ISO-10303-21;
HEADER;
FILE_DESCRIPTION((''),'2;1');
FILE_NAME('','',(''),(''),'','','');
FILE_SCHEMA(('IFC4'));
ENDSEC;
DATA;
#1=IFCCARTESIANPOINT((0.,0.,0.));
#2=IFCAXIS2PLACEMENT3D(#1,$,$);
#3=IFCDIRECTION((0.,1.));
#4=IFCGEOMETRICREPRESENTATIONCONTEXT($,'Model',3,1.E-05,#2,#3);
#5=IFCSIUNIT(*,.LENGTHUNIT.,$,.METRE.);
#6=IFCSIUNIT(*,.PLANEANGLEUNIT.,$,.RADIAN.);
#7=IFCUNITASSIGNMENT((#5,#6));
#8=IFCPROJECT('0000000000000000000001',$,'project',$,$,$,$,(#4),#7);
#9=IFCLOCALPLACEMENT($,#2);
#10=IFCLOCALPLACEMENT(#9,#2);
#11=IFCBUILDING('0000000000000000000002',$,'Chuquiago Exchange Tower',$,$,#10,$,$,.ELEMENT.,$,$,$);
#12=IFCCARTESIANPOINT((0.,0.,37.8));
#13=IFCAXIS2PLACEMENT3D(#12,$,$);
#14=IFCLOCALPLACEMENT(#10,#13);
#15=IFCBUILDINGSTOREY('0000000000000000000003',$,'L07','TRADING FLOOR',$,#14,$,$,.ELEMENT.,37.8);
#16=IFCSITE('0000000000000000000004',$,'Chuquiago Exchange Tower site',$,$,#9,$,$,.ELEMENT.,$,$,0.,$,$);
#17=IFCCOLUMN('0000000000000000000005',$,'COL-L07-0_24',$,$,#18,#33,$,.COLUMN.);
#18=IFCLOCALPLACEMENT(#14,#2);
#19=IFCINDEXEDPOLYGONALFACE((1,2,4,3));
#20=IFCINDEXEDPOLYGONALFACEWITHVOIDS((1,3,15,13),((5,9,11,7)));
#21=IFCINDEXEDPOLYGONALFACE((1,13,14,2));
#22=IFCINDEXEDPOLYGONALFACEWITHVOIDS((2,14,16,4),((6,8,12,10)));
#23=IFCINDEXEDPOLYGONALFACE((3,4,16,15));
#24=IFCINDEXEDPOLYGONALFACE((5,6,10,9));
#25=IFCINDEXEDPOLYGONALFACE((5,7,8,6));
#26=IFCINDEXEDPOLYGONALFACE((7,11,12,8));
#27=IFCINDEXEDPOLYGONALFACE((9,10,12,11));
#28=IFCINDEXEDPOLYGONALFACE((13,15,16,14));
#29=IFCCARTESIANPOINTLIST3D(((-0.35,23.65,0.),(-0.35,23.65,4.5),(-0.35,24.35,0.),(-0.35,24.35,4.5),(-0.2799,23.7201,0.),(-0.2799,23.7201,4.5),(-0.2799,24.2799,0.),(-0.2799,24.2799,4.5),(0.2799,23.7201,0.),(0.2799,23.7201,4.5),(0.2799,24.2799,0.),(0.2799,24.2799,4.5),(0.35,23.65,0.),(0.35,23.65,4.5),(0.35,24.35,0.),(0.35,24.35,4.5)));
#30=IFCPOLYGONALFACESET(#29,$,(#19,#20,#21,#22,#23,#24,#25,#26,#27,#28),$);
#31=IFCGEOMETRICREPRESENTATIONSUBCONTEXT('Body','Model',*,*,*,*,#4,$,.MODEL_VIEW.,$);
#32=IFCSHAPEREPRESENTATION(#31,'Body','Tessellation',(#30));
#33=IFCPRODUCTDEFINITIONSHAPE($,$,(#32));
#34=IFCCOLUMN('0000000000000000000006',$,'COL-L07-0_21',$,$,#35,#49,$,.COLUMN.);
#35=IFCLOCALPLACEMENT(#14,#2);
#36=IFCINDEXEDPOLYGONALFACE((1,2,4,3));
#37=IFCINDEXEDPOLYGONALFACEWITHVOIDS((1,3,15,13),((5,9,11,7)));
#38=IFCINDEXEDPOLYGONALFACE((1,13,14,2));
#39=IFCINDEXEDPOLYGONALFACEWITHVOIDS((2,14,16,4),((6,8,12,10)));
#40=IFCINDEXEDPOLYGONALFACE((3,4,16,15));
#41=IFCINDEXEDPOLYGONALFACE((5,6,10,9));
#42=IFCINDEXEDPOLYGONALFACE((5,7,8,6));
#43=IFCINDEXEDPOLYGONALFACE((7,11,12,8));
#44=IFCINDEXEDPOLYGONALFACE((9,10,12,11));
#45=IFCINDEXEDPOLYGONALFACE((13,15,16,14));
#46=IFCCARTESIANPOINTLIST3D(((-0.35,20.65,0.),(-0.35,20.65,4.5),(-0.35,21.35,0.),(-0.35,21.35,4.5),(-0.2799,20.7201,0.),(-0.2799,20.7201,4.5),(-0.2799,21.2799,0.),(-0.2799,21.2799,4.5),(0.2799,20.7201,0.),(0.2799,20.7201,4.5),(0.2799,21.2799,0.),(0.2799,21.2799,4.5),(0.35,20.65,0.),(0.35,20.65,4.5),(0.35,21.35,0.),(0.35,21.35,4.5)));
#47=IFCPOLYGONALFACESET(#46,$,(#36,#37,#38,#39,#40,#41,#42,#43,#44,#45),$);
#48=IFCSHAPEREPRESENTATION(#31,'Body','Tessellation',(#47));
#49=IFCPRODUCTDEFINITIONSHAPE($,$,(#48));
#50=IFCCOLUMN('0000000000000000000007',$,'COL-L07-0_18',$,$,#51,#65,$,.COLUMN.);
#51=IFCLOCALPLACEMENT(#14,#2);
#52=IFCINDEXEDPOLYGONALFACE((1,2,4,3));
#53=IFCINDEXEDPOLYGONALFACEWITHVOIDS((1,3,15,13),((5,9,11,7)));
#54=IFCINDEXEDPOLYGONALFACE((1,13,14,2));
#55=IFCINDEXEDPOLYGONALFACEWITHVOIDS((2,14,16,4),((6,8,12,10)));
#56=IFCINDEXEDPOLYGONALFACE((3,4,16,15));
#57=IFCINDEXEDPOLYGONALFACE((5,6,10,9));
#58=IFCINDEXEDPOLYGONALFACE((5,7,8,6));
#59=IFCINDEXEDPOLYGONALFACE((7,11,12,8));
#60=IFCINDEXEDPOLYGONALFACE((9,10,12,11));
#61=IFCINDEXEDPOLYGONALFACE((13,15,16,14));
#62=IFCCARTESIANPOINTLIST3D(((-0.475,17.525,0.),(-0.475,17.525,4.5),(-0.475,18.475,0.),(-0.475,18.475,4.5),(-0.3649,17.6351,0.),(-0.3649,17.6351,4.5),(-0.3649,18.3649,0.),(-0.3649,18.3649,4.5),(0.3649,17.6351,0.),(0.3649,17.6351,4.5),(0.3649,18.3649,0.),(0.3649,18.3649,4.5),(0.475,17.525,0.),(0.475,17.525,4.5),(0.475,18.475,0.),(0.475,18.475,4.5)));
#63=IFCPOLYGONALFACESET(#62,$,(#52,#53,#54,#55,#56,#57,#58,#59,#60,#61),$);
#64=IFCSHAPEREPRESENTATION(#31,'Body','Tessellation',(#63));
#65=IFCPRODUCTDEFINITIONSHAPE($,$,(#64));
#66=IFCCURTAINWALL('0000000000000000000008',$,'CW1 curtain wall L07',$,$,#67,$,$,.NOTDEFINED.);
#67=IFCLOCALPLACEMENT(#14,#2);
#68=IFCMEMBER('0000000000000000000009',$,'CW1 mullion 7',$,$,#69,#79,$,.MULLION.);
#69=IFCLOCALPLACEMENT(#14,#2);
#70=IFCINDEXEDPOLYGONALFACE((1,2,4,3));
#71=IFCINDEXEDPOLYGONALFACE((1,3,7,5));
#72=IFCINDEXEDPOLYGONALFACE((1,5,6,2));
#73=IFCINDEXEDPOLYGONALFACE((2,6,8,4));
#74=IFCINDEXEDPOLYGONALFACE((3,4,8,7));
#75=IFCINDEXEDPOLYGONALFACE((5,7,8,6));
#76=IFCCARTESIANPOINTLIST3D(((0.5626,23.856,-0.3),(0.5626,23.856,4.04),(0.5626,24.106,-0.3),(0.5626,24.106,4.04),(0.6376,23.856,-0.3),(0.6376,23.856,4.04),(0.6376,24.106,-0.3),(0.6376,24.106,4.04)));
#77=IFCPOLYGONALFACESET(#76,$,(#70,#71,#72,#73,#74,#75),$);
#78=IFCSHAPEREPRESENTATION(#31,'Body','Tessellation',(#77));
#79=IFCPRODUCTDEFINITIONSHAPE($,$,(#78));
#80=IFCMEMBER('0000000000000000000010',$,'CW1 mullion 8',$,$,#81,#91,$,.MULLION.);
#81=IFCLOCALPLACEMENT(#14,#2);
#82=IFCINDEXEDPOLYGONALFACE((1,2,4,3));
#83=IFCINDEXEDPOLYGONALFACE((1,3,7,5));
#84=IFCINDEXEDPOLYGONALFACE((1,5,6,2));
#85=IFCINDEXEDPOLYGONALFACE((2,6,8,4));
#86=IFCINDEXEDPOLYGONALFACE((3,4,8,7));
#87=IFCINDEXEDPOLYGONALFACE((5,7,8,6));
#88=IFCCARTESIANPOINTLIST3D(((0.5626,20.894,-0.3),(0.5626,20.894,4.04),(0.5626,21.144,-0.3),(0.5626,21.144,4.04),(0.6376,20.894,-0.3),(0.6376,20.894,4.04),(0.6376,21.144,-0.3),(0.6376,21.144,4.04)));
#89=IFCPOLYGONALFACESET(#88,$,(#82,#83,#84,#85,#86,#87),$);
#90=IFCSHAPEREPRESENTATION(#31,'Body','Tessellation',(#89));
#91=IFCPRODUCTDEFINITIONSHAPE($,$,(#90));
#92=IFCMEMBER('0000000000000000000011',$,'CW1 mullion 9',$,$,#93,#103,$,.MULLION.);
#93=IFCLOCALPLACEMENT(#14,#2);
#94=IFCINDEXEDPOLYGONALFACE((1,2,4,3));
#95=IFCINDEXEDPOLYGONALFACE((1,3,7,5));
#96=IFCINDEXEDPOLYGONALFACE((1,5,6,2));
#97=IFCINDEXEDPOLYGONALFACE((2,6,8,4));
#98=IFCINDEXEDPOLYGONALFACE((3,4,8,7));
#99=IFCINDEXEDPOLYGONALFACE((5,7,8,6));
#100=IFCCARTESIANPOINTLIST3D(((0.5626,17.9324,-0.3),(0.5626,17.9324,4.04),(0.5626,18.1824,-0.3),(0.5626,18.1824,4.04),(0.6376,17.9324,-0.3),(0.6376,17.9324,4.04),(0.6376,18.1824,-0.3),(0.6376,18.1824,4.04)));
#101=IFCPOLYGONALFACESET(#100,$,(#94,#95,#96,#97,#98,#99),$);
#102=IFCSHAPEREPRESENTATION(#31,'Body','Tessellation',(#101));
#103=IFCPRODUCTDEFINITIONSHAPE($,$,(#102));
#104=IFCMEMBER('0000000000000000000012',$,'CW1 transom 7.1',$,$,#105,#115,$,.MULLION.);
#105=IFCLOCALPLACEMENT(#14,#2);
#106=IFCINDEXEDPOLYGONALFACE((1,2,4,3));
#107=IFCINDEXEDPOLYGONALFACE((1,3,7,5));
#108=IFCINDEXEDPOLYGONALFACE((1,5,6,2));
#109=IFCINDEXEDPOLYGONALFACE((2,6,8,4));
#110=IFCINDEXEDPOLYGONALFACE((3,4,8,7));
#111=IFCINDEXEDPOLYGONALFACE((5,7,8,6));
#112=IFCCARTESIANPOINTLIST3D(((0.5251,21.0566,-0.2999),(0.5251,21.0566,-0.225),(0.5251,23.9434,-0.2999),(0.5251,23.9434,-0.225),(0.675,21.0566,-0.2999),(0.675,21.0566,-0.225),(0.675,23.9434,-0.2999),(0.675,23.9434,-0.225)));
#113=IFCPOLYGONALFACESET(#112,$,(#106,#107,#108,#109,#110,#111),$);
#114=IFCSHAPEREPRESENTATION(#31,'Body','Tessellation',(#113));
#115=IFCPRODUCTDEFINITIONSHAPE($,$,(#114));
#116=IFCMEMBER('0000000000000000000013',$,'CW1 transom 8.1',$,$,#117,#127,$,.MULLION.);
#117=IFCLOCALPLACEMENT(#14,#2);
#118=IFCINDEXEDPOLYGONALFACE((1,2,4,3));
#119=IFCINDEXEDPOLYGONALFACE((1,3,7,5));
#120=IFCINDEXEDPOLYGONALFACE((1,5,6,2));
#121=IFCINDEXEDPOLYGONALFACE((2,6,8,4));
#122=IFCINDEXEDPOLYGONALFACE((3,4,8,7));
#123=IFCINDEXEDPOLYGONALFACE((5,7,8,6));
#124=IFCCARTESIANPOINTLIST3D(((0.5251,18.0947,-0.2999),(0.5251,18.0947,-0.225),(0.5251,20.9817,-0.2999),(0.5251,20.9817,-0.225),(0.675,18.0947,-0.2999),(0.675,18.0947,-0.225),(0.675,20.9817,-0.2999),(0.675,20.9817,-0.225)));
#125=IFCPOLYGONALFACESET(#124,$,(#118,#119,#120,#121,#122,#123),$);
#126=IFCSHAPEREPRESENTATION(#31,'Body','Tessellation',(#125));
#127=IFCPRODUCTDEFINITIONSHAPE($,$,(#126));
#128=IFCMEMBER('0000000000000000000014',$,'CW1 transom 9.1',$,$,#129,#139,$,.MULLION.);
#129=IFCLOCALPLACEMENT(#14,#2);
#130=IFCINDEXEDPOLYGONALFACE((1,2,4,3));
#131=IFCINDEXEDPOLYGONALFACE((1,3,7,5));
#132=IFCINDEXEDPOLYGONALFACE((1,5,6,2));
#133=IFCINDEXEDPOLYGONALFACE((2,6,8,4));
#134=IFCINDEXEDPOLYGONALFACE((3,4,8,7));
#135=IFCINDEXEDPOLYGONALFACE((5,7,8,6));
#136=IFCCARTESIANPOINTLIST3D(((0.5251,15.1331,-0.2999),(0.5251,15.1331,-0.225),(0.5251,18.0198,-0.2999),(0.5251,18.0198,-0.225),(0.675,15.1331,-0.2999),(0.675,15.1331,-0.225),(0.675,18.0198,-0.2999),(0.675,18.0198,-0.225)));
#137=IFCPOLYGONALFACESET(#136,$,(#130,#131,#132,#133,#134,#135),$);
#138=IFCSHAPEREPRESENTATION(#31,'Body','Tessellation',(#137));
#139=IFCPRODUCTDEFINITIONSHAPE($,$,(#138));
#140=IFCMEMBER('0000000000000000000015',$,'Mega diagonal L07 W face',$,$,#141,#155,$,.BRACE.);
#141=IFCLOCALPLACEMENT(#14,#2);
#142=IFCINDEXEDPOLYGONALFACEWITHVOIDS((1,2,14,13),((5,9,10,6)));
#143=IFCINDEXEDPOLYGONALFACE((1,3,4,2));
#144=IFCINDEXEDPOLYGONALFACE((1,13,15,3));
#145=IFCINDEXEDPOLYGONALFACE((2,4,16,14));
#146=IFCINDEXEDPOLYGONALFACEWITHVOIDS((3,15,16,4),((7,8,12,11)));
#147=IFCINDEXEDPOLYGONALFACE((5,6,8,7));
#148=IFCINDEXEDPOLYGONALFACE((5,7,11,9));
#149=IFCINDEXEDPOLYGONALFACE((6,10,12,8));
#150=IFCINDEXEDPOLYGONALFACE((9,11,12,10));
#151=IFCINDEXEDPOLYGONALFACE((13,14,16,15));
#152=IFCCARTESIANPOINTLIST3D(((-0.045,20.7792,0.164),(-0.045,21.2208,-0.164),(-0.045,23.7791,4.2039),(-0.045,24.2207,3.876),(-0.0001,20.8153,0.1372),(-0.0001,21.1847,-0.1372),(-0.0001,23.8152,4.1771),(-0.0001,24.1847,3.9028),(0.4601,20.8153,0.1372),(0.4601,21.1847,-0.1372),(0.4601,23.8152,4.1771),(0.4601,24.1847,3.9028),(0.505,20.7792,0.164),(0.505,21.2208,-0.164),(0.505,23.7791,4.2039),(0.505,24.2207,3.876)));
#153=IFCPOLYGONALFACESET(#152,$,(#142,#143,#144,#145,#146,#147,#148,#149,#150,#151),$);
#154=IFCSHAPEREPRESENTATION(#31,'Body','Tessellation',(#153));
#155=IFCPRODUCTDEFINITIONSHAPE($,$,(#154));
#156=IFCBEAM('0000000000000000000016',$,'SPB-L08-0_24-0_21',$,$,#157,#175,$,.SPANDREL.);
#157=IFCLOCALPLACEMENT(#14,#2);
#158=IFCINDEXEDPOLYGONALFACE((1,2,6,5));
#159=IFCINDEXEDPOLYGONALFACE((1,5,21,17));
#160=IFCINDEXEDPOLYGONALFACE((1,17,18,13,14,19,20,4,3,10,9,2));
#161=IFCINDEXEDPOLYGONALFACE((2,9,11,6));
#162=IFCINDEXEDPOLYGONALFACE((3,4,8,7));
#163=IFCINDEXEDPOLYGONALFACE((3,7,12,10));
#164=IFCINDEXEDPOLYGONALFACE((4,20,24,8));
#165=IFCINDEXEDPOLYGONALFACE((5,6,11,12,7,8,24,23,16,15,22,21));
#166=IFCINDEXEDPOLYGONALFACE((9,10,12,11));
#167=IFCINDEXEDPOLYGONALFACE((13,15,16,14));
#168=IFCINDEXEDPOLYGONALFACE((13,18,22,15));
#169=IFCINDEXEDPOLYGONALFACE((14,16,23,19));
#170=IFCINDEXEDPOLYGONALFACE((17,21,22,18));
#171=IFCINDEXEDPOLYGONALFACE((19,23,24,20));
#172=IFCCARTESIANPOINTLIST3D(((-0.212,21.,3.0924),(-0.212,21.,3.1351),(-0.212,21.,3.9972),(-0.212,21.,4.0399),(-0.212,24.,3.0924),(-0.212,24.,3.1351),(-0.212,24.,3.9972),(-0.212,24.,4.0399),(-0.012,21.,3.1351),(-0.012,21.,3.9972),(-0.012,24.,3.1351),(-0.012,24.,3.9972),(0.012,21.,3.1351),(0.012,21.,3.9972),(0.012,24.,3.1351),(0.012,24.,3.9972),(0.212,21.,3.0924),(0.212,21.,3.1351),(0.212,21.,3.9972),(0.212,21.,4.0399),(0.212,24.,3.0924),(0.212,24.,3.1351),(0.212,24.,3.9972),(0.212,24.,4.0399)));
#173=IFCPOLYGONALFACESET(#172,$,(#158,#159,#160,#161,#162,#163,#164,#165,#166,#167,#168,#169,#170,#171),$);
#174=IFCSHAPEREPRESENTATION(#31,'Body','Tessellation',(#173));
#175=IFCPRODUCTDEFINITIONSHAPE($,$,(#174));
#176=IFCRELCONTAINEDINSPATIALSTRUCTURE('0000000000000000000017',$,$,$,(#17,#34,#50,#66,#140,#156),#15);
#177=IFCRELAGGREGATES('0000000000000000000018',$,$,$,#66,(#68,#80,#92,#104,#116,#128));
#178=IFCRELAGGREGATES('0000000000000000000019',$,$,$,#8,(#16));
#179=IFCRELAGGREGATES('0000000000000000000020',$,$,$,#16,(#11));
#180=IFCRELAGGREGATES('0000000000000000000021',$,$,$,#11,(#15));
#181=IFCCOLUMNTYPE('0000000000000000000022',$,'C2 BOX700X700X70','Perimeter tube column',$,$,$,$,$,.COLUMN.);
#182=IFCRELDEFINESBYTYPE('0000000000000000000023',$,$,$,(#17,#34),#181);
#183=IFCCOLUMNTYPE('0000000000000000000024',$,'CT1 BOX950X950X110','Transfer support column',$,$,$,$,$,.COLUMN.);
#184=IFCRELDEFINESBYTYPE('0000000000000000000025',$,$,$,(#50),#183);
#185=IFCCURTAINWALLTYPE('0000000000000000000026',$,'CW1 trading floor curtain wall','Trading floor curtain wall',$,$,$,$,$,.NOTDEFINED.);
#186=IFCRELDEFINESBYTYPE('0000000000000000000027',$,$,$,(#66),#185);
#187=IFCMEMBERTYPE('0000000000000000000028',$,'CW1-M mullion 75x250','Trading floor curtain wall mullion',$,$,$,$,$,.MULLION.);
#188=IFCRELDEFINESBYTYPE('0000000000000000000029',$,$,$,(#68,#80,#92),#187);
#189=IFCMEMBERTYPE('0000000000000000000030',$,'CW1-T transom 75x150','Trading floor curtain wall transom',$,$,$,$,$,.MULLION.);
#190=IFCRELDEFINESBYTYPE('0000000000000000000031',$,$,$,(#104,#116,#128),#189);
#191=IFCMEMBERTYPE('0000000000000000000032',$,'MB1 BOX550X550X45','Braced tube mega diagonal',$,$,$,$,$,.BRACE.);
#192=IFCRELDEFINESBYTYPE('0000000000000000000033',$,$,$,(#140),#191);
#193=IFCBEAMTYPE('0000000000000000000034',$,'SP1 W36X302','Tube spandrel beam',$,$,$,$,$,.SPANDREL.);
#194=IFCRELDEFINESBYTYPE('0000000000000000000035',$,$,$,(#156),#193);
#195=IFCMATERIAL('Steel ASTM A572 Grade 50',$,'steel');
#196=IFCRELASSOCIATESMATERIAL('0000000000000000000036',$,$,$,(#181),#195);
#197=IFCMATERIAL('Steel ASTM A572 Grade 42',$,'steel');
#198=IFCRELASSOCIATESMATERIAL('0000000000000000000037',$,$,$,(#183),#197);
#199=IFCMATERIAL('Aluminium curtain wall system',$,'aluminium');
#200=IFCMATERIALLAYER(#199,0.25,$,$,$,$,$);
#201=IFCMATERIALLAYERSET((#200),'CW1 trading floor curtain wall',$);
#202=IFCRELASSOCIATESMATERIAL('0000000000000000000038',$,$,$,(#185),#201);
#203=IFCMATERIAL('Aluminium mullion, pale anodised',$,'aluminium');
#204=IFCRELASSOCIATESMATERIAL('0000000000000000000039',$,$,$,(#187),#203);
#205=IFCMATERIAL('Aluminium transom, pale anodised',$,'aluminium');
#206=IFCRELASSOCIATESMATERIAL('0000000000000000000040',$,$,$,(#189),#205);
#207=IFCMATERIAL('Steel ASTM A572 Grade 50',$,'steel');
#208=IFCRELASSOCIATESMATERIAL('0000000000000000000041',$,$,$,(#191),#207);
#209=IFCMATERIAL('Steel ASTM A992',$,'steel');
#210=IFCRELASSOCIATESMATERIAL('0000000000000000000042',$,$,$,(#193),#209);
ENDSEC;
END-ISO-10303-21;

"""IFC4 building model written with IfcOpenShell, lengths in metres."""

from ifc_helpers import new_model, si_unit, direction, frame, origin, origin_2d, place, context, subcontext, project, spatial, rectangle, hollow_rectangle, i_section, extrude, material, layer, layer_set, material_profile, profile_set, type_object, element, aggregate, save


model = new_model("IFC4")

# Units and contexts
model_context = context("Model", 3, precision=1e-05, world=origin(), true_north=direction((0.0, 1.0)))
body_context = subcontext(model_context, "Body", "Model", "MODEL_VIEW")
ifc_project = project(units=[si_unit("LENGTHUNIT", "METRE"), si_unit("PLANEANGLEUNIT", "RADIAN")], contexts=[model_context])

# Site, building, storey
site_placement = place(None, origin())
site = spatial("IfcSite", under=ifc_project, at=site_placement, Name="Chuquiago Exchange Tower site", CompositionType="ELEMENT", RefElevation=0.0)
building_placement = place(site_placement, origin())
building = spatial("IfcBuilding", under=site, at=building_placement, Name="Chuquiago Exchange Tower", CompositionType="ELEMENT")
storey_placement = place(building_placement, frame((0.0, 0.0, 37.8)))
storey = spatial("IfcBuildingStorey", under=building, at=storey_placement, Name="L07", Description="TRADING FLOOR", CompositionType="ELEMENT", Elevation=37.8)

# Columns
ifc_material_1 = material(Name="Steel ASTM A572 Grade 50", Category="steel")
ifc_material_profile_1 = material_profile(ifc_material_1, hollow_rectangle(XDim=0.7, YDim=0.7, WallThickness=0.0701, at=origin_2d()), Name="BOX700X700X70")
ifc_profile_set_1 = profile_set([ifc_material_profile_1], Name="Steel ASTM A572 Grade 50")
column_type_1 = type_object("IfcColumnType", Name="C2 BOX700X700X70", Description="Perimeter tube column", PredefinedType="COLUMN", material=ifc_profile_set_1)
for number, where, z_axis, x_axis, name in (
    (1, (0.0, 24.0, 0.0), (0.0, 0.0, 1.0), (-1.0, 0.0, 0.0), "COL-L07-0_24"),
    (2, (0.0, 21.0, 0.0), (0.0, 0.0, 1.0), (-1.0, 0.0, 0.0), "COL-L07-0_21"),
):
    element("IfcColumn", number, at=place(storey_placement, frame(where, z_axis=z_axis, x_axis=x_axis)), inside=storey, type_object=column_type_1, Name=name, PredefinedType="COLUMN", context=body_context, shape_type="SweptSolid", body=[
        extrude(hollow_rectangle(XDim=0.7, YDim=0.7, WallThickness=0.0701, at=origin_2d()), origin(), (0.0, 0.0, 1.0), 4.5),
    ])
ifc_material_2 = material(Name="Steel ASTM A572 Grade 42", Category="steel")
ifc_material_profile_2 = material_profile(ifc_material_2, hollow_rectangle(XDim=0.95, YDim=0.95, WallThickness=0.1101, at=origin_2d()), Name="BOX950X950X110")
ifc_profile_set_2 = profile_set([ifc_material_profile_2], Name="Steel ASTM A572 Grade 42")
column_type_2 = type_object("IfcColumnType", Name="CT1 BOX950X950X110", Description="Transfer support column", PredefinedType="COLUMN", material=ifc_profile_set_2)
column_placement = place(storey_placement, frame((0.0, 18.0, 0.0), z_axis=(0.0, 0.0, 1.0), x_axis=(-1.0, 0.0, 0.0)))
element("IfcColumn", 3, at=column_placement, inside=storey, type_object=column_type_2, Name="COL-L07-0_18", PredefinedType="COLUMN", context=body_context, shape_type="SweptSolid", body=[
    extrude(hollow_rectangle(XDim=0.95, YDim=0.95, WallThickness=0.1101, at=origin_2d()), origin(), (0.0, 0.0, 1.0), 4.5),
])

# Curtain wall, members
ifc_material_3 = material(Name="Aluminium curtain wall system", Category="aluminium")
ifc_layer_1 = layer(ifc_material_3, 0.25)
ifc_layer_set_1 = layer_set([ifc_layer_1], Name="CW1 trading floor curtain wall")
curtain_wall_type = type_object("IfcCurtainWallType", Name="CW1 trading floor curtain wall", Description="Trading floor curtain wall", PredefinedType="NOTDEFINED", material=ifc_layer_set_1)
curtain_wall_placement = place(storey_placement, origin())
curtain_wall = element("IfcCurtainWall", 4, at=curtain_wall_placement, inside=storey, type_object=curtain_wall_type, Name="CW1 curtain wall L07", PredefinedType="NOTDEFINED")
ifc_material_4 = material(Name="Aluminium mullion, pale anodised", Category="aluminium")
ifc_material_profile_3 = material_profile(ifc_material_4, rectangle(XDim=0.075, YDim=0.25, at=origin_2d()), Name="AL 75x250")
ifc_profile_set_3 = profile_set([ifc_material_profile_3], Name="Aluminium mullion, pale anodised")
member_type_1 = type_object("IfcMemberType", Name="CW1-M mullion 75x250", Description="Trading floor curtain wall mullion", PredefinedType="MULLION", material=ifc_profile_set_3)
member_1_placement = place(storey_placement, frame((0.6001, 23.981, -0.3), z_axis=(0.0, 0.0, 1.0), x_axis=(1.0, 0.0, 0.0)))
member_1 = element("IfcMember", 5, at=member_1_placement, type_object=member_type_1, Name="CW1 mullion 7", PredefinedType="MULLION", context=body_context, shape_type="SweptSolid", body=[
    extrude(rectangle(XDim=0.075, YDim=0.25, at=origin_2d()), origin(), (0.0, 0.0, 1.0), 4.3401),
])
member_2_placement = place(storey_placement, frame((0.6001, 21.019, -0.3), z_axis=(0.0, 0.0, 1.0), x_axis=(1.0, 0.0, 0.0)))
member_2 = element("IfcMember", 6, at=member_2_placement, type_object=member_type_1, Name="CW1 mullion 8", PredefinedType="MULLION", context=body_context, shape_type="SweptSolid", body=[
    extrude(rectangle(XDim=0.075, YDim=0.25, at=origin_2d()), origin(), (0.0, 0.0, 1.0), 4.3401),
])
member_3_placement = place(storey_placement, frame((0.6001, 18.0574, -0.3), z_axis=(0.0, 0.0, 1.0), x_axis=(1.0, 0.0, 0.0)))
member_3 = element("IfcMember", 7, at=member_3_placement, type_object=member_type_1, Name="CW1 mullion 9", PredefinedType="MULLION", context=body_context, shape_type="SweptSolid", body=[
    extrude(rectangle(XDim=0.075, YDim=0.25, at=origin_2d()), origin(), (0.0, 0.0, 1.0), 4.3401),
])
ifc_material_5 = material(Name="Aluminium transom, pale anodised", Category="aluminium")
ifc_material_profile_4 = material_profile(ifc_material_5, rectangle(XDim=0.1499, YDim=0.075, at=origin_2d()), Name="AL 150x75")
ifc_profile_set_4 = profile_set([ifc_material_profile_4], Name="Aluminium transom, pale anodised")
member_type_2 = type_object("IfcMemberType", Name="CW1-T transom 75x150", Description="Trading floor curtain wall transom", PredefinedType="MULLION", material=ifc_profile_set_4)
member_4_placement = place(storey_placement, frame((0.6001, 23.9434, -0.2625), z_axis=(0.0, -1.0, 0.0), x_axis=(1.0, 0.0, 0.0)))
member_4 = element("IfcMember", 8, at=member_4_placement, type_object=member_type_2, Name="CW1 transom 7.1", PredefinedType="MULLION", context=body_context, shape_type="SweptSolid", body=[
    extrude(rectangle(XDim=0.1499, YDim=0.075, at=origin_2d()), origin(), (0.0, 0.0, 1.0), 2.8867),
])
member_5_placement = place(storey_placement, frame((0.6001, 20.9817, -0.2625), z_axis=(0.0, -1.0, 0.0), x_axis=(1.0, 0.0, 0.0)))
member_5 = element("IfcMember", 9, at=member_5_placement, type_object=member_type_2, Name="CW1 transom 8.1", PredefinedType="MULLION", context=body_context, shape_type="SweptSolid", body=[
    extrude(rectangle(XDim=0.1499, YDim=0.075, at=origin_2d()), origin(), (0.0, 0.0, 1.0), 2.887),
])
member_6_placement = place(storey_placement, frame((0.6001, 18.0198, -0.2625), z_axis=(0.0, -1.0, 0.0), x_axis=(1.0, 0.0, 0.0)))
member_6 = element("IfcMember", 10, at=member_6_placement, type_object=member_type_2, Name="CW1 transom 9.1", PredefinedType="MULLION", context=body_context, shape_type="SweptSolid", body=[
    extrude(rectangle(XDim=0.1499, YDim=0.075, at=origin_2d()), origin(), (0.0, 0.0, 1.0), 2.8867),
])

# Member
ifc_material_6 = material(Name="Steel ASTM A572 Grade 50", Category="steel")
ifc_material_profile_5 = material_profile(ifc_material_6, hollow_rectangle(XDim=0.55, YDim=0.55, WallThickness=0.0449, at=origin_2d()), Name="BOX550X550X45")
ifc_profile_set_5 = profile_set([ifc_material_profile_5], Name="Steel ASTM A572 Grade 50")
member_type_3 = type_object("IfcMemberType", Name="MB1 BOX550X550X45", Description="Braced tube mega diagonal", PredefinedType="BRACE", material=ifc_profile_set_5)
member_7_placement = place(storey_placement, frame((0.23, 21.0, 0.0), z_axis=(0.0, 0.596174, 0.802855), x_axis=(-1.0, 0.0, 0.0)))
element("IfcMember", 11, at=member_7_placement, inside=storey, type_object=member_type_3, Name="Mega diagonal L07 W face", PredefinedType="BRACE", context=body_context, shape_type="SweptSolid", body=[
    extrude(hollow_rectangle(XDim=0.55, YDim=0.55, WallThickness=0.0449, at=origin_2d()), origin(), (0.0, 0.0, 1.0), 5.032),
])

# Beam
ifc_material_7 = material(Name="Steel ASTM A992", Category="steel")
ifc_material_profile_6 = material_profile(ifc_material_7, i_section(OverallWidth=0.4241, OverallDepth=0.9475, WebThickness=0.0239, FlangeThickness=0.0427, at=origin_2d()), Name="W36X302")
ifc_profile_set_6 = profile_set([ifc_material_profile_6], Name="Steel ASTM A992")
beam_type = type_object("IfcBeamType", Name="SP1 W36X302", Description="Tube spandrel beam", PredefinedType="SPANDREL", material=ifc_profile_set_6)
for number, where, z_axis, x_axis, name in (
    (12, (0.0, 24.0, 3.5662), (0.0, -1.0, 0.0), (1.0, 0.0, 0.0), "SPB-L08-0_24-0_21"),
):
    element("IfcBeam", number, at=place(storey_placement, frame(where, z_axis=z_axis, x_axis=x_axis)), inside=storey, type_object=beam_type, Name=name, PredefinedType="SPANDREL", context=body_context, shape_type="SweptSolid", body=[
        extrude(i_section(OverallWidth=0.4241, OverallDepth=0.9475, WebThickness=0.0239, FlangeThickness=0.0427, at=origin_2d()), origin(), (0.0, 0.0, 1.0), 3.0),
    ])

aggregate(curtain_wall, [member_1, member_2, member_3, member_4, member_5, member_6])

save(model, "model.ifc")
